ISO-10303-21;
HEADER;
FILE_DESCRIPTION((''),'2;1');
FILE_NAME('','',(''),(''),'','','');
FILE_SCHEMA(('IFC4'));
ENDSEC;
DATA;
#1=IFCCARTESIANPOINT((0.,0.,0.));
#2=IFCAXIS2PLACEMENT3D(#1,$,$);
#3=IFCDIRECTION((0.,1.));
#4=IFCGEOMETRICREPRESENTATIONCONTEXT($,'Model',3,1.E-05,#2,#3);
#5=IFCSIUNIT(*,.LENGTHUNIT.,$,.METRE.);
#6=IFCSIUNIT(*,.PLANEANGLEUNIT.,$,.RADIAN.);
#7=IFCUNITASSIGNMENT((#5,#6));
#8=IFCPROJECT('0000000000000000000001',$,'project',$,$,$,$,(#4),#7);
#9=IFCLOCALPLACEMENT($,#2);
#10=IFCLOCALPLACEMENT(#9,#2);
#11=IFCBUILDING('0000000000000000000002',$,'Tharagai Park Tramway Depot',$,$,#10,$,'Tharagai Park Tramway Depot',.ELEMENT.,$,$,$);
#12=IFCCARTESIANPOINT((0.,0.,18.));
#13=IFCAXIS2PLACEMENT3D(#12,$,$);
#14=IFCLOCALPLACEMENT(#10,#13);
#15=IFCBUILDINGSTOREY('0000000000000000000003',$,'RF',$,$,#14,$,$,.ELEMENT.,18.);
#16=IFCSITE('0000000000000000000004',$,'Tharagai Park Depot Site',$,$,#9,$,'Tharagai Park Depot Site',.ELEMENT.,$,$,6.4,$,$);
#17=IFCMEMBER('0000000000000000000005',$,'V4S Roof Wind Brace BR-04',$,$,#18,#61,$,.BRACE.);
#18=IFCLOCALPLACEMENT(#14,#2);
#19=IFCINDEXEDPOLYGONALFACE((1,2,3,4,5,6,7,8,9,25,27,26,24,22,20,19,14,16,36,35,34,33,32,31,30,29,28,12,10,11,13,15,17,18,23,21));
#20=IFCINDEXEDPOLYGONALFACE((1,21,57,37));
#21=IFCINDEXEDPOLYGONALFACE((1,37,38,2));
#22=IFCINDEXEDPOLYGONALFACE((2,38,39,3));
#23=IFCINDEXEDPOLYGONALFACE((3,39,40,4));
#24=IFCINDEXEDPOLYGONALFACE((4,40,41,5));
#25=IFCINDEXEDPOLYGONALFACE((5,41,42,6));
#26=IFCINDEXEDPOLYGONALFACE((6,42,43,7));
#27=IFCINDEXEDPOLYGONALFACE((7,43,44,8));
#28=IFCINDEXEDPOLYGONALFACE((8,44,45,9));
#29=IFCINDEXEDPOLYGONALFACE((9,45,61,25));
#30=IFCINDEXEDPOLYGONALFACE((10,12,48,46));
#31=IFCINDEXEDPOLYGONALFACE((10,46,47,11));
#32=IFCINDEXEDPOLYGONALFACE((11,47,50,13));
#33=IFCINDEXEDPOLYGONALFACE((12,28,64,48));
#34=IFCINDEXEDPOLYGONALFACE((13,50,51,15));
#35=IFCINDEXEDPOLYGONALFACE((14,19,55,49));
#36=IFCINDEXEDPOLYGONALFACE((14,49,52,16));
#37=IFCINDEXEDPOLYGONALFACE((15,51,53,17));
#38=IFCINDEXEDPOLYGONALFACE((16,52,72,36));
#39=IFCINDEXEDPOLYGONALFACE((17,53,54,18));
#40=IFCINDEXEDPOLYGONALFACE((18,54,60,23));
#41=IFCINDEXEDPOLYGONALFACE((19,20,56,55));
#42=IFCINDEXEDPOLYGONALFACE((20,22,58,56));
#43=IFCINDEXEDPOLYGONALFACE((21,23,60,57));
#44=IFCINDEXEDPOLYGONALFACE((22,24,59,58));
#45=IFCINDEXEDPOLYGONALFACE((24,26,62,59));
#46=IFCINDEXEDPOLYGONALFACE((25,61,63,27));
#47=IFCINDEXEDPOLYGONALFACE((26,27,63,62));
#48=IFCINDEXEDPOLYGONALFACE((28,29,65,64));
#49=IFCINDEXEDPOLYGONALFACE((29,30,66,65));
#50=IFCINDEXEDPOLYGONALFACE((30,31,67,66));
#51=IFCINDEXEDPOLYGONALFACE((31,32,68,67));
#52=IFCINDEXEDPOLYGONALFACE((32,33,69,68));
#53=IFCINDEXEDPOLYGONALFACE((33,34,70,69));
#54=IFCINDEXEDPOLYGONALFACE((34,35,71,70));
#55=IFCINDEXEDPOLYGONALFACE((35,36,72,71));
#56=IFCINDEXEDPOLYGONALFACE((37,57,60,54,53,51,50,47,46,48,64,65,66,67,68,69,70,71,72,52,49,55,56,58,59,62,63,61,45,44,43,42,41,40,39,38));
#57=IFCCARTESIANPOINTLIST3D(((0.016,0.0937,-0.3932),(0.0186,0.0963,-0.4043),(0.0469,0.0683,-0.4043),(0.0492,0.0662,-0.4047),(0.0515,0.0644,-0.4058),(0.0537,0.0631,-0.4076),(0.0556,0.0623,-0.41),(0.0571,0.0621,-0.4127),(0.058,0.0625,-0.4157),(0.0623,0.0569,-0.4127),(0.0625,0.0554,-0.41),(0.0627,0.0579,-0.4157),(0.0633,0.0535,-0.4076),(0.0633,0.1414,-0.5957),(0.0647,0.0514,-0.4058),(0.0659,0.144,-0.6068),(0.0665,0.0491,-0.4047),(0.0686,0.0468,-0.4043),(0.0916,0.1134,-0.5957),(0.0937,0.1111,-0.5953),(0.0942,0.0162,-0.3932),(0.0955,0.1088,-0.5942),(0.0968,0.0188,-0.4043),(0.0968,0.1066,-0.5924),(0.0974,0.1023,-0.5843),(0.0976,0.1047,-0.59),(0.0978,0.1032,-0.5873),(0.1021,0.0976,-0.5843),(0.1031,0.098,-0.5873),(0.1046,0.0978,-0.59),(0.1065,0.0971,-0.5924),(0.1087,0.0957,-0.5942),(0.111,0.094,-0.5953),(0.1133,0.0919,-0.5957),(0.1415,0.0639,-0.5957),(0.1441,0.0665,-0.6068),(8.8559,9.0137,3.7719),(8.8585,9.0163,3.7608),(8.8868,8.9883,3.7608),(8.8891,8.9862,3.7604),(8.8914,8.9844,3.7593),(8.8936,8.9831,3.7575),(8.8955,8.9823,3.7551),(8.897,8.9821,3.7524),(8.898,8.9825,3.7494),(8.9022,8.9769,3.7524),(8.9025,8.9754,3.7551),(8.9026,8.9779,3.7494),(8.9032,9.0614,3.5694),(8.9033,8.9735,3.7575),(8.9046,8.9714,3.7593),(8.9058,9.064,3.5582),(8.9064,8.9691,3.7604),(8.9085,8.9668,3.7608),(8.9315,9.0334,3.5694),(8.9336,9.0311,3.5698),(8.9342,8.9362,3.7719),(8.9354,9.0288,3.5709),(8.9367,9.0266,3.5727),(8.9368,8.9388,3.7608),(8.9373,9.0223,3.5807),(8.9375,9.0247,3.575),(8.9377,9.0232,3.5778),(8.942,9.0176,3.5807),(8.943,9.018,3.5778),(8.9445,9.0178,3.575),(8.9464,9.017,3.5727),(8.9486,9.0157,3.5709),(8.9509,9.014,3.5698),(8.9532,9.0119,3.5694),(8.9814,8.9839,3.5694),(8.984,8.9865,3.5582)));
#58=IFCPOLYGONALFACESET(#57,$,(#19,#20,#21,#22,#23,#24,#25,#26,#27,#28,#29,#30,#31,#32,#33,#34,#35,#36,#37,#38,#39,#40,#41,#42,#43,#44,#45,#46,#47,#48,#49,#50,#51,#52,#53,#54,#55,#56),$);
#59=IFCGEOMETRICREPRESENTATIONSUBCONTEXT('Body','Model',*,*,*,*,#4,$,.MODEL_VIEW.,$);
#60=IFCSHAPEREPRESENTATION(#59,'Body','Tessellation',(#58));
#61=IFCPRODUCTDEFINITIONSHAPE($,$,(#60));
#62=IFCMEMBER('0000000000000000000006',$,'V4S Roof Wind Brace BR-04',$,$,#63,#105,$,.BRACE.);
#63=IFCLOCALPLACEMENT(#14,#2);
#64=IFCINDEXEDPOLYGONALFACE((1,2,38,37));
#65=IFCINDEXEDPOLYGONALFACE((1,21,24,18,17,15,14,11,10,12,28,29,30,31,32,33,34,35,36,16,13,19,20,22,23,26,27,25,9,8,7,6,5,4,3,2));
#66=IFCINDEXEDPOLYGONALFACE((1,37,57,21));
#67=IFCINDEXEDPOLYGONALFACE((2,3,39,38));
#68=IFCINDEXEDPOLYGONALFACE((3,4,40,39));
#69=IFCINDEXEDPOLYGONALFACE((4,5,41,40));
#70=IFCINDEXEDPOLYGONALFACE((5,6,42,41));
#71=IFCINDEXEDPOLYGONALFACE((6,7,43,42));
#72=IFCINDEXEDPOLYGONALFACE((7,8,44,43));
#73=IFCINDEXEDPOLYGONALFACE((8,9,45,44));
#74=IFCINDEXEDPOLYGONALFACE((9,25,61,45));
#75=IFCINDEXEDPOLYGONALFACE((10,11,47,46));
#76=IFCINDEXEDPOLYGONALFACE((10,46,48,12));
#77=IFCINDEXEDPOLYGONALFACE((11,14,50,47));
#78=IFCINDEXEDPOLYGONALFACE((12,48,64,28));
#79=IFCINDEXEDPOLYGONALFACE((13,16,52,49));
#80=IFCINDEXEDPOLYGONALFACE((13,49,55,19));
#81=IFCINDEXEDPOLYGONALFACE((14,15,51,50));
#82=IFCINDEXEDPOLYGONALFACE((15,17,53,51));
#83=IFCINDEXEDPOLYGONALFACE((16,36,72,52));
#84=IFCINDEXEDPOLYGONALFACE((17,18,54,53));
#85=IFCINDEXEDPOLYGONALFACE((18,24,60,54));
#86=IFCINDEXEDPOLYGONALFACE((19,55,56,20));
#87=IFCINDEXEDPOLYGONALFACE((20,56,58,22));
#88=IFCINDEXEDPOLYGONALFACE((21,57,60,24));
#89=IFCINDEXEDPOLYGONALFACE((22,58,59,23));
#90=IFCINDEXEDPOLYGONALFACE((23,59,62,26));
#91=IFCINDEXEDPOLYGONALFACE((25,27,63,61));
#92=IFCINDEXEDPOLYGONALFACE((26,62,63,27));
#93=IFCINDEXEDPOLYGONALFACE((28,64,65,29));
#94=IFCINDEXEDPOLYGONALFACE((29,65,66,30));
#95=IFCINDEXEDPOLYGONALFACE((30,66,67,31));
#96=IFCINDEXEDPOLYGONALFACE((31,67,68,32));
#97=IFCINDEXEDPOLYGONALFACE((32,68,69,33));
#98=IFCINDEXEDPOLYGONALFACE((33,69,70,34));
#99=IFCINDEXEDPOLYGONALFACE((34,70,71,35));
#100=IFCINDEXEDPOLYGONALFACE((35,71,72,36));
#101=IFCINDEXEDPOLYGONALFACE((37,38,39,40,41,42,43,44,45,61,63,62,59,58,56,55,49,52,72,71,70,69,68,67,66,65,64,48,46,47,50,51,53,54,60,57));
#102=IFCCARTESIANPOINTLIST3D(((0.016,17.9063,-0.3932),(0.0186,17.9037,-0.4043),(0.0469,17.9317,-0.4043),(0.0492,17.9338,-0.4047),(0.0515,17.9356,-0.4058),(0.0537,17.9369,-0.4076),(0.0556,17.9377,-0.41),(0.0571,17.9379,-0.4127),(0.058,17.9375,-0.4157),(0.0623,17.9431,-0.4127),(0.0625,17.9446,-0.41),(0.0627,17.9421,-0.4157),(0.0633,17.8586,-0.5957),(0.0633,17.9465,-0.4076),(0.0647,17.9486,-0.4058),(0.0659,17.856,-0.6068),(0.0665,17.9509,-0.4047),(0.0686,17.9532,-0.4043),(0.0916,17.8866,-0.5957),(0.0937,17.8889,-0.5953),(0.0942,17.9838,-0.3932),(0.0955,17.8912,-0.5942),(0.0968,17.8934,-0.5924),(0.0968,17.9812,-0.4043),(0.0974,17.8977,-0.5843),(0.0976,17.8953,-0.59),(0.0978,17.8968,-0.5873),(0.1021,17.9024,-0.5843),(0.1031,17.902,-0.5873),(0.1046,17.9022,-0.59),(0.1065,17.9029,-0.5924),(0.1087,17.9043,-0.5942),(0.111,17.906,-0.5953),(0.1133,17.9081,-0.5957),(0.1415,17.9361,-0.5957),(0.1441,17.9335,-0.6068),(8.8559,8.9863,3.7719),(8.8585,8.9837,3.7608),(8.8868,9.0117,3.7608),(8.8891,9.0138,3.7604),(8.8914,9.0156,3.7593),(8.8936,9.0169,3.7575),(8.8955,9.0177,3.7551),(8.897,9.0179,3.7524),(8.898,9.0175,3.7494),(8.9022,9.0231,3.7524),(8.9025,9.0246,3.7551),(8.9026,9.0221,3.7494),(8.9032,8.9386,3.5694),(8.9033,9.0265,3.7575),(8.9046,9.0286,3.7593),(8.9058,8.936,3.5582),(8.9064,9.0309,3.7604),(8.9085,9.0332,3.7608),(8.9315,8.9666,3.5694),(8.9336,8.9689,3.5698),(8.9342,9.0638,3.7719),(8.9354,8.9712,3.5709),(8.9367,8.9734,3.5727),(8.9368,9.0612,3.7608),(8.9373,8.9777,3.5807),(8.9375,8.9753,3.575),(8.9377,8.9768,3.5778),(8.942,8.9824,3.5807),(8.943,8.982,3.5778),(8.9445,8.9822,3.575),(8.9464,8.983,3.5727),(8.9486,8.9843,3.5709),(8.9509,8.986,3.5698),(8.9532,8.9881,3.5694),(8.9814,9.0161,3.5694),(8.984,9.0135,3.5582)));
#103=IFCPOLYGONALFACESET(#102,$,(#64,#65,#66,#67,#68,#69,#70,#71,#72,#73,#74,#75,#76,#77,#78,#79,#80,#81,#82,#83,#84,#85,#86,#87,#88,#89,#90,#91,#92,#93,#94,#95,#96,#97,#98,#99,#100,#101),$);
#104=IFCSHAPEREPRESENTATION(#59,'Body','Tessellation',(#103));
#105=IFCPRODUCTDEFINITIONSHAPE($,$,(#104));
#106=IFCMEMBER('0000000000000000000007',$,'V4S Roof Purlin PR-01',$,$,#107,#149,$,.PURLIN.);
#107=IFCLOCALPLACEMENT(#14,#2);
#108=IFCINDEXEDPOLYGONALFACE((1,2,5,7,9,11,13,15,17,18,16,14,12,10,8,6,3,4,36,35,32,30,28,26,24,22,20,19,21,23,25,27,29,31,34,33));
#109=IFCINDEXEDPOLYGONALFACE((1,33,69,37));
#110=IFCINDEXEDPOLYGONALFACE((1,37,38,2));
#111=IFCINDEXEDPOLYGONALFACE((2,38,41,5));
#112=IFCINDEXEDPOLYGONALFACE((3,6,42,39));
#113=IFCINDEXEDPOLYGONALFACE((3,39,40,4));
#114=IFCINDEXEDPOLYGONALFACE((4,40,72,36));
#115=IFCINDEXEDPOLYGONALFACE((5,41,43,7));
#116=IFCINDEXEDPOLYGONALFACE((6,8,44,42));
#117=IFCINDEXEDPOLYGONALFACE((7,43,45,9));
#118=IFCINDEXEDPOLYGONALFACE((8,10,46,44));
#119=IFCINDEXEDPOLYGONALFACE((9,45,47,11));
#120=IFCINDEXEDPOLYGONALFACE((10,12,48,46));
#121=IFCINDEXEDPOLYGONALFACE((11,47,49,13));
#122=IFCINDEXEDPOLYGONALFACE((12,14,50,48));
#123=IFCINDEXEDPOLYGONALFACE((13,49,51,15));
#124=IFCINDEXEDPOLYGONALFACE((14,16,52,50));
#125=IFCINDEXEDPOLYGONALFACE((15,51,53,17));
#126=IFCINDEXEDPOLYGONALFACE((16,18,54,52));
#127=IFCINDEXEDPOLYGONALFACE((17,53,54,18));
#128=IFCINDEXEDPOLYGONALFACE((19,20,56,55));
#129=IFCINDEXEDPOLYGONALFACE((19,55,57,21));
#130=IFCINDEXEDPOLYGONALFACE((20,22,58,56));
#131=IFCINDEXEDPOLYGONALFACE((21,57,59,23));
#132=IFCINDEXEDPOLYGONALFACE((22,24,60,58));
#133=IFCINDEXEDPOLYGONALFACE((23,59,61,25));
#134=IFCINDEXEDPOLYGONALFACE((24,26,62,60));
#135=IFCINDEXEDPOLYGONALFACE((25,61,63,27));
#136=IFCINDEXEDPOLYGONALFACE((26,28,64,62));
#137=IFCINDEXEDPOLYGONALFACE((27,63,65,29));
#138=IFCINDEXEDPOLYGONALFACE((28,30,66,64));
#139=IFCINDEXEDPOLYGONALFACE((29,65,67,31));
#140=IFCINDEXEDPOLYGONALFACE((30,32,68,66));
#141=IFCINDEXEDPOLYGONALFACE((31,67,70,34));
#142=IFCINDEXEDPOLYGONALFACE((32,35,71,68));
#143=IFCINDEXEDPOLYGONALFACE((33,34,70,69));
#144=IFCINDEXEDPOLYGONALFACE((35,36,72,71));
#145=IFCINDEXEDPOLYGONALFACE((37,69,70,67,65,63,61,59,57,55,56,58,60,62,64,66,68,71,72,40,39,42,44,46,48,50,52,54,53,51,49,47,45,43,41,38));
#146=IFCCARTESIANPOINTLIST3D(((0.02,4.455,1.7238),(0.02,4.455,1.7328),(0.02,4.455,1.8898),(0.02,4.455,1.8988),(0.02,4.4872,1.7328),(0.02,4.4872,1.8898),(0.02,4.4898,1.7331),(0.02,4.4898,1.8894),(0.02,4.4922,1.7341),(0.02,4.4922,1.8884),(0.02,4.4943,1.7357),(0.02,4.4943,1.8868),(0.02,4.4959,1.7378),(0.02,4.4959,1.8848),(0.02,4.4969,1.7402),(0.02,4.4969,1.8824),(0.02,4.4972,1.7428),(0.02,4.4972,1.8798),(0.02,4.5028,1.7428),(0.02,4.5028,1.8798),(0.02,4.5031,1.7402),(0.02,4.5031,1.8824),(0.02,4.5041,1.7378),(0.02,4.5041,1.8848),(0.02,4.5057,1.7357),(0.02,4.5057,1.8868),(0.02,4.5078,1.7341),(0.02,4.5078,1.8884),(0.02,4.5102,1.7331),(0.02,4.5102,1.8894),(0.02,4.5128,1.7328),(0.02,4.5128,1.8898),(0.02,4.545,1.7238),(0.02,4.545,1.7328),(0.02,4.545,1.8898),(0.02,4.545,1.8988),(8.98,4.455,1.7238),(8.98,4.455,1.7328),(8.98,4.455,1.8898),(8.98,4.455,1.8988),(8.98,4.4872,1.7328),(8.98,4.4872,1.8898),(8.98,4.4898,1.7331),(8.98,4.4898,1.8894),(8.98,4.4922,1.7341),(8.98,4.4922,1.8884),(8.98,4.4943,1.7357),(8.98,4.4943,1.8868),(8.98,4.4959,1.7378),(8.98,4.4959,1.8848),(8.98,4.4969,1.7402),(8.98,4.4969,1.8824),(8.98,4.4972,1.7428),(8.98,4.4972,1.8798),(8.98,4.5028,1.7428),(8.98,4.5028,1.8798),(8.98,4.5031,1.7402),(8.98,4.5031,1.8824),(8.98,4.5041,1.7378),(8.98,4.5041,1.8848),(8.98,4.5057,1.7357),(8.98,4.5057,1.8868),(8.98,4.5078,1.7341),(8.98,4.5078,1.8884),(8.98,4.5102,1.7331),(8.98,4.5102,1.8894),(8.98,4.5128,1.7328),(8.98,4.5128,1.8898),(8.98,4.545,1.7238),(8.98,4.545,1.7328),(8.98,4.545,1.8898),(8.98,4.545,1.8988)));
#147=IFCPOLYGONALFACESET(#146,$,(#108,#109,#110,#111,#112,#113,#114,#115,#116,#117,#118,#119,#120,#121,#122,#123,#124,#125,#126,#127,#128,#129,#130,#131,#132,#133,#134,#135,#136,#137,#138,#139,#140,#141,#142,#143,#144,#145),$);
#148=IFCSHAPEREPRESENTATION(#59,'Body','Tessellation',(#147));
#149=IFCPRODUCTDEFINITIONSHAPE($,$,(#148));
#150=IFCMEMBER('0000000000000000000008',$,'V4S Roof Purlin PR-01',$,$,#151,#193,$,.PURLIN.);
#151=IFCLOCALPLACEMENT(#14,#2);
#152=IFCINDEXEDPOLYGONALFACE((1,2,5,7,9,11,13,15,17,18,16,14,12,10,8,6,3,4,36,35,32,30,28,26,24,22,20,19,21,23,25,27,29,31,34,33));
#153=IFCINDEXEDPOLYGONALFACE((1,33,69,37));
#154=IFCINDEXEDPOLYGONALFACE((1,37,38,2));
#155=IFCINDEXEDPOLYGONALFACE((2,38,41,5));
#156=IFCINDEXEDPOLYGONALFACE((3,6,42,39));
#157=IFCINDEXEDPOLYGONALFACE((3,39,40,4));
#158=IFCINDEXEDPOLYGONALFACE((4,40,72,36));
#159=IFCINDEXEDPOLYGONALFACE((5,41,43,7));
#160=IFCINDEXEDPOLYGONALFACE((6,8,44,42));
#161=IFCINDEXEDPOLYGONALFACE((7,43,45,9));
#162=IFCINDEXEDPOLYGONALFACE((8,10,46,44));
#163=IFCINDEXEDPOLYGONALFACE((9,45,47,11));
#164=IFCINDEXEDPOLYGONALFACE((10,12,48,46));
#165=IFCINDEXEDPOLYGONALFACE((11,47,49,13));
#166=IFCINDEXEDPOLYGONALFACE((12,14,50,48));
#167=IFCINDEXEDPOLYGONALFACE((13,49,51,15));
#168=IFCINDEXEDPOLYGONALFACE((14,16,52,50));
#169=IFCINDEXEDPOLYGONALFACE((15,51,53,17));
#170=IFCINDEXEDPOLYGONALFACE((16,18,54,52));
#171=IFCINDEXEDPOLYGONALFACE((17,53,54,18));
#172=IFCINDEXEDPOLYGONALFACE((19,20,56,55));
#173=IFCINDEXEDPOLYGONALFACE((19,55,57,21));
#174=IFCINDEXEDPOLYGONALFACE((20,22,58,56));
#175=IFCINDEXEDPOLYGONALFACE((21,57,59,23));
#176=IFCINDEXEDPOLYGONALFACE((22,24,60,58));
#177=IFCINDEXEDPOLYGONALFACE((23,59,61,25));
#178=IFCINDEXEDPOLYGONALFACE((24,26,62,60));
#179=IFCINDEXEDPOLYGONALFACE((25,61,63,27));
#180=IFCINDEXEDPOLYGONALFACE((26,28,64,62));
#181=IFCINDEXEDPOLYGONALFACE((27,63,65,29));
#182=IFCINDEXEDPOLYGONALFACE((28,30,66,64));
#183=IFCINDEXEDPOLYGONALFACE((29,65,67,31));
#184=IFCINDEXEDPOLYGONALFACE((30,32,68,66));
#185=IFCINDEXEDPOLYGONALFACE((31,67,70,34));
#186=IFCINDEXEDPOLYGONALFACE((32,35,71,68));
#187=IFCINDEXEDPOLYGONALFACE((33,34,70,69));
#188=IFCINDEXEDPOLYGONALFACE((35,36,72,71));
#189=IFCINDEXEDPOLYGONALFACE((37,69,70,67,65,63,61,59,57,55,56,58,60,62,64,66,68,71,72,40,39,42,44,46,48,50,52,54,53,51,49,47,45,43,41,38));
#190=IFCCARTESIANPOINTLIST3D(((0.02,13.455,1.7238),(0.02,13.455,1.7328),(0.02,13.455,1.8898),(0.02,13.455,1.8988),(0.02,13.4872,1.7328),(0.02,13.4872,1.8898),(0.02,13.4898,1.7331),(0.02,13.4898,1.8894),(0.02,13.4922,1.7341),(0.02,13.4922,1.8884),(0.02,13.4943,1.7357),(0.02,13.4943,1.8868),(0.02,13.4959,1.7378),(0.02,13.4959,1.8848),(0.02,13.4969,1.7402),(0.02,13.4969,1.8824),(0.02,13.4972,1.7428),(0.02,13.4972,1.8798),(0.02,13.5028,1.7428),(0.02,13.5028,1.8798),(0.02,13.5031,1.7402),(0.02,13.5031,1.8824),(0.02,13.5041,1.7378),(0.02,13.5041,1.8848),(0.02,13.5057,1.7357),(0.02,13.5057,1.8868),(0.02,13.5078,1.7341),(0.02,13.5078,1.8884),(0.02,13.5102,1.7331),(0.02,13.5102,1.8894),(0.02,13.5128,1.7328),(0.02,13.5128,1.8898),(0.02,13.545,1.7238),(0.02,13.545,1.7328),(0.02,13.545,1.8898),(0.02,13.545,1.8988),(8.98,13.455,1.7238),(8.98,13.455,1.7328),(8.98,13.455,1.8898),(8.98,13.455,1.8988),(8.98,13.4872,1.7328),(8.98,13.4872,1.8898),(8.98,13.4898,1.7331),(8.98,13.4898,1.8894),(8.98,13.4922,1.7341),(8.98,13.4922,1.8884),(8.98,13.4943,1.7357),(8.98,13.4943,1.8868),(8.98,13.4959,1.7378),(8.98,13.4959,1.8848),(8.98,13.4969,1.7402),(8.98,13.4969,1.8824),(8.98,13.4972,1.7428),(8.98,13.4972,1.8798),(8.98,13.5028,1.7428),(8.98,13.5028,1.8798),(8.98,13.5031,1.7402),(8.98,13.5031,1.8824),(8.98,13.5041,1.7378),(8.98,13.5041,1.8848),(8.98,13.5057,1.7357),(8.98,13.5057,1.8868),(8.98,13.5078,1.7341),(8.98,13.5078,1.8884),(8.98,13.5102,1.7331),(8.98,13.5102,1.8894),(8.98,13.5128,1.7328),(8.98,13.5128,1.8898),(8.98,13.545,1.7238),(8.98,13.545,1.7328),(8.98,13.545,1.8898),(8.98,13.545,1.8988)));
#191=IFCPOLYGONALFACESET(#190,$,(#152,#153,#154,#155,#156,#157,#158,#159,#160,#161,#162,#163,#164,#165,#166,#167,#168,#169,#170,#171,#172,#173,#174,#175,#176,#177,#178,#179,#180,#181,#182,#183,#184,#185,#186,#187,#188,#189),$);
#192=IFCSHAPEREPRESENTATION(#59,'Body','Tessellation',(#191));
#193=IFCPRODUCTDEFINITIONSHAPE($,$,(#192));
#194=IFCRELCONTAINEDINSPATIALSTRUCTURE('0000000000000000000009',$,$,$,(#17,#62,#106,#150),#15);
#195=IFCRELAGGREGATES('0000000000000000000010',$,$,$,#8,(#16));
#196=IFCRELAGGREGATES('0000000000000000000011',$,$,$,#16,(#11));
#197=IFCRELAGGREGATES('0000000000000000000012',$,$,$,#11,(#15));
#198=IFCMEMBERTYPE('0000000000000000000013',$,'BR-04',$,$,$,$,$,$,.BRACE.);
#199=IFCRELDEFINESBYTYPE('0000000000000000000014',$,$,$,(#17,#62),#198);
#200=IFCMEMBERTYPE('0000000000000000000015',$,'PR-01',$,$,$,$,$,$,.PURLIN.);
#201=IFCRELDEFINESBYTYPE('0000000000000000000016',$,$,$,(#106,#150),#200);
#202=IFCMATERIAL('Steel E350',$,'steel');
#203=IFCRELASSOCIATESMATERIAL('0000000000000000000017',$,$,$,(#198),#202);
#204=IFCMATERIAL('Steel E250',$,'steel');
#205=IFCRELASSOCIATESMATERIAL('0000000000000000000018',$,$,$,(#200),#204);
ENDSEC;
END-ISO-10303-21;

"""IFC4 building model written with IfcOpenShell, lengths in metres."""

from ifc_helpers import new_model, si_unit, direction, frame, origin, origin_2d, place, context, subcontext, project, spatial, i_section, extrude, material, material_profile, profile_set, type_object, element, save


model = new_model("IFC4")

# Units and contexts
model_context = context("Model", 3, precision=1e-05, world=origin(), true_north=direction((0.0, 1.0)))
body_context = subcontext(model_context, "Body", "Model", "MODEL_VIEW")
ifc_project = project(units=[si_unit("LENGTHUNIT", "METRE"), si_unit("PLANEANGLEUNIT", "RADIAN")], contexts=[model_context])

# Site, building, storey
site_placement = place(None, origin())
site = spatial("IfcSite", under=ifc_project, at=site_placement, Name="Tharagai Park Depot Site", LongName="Tharagai Park Depot Site", CompositionType="ELEMENT", RefElevation=6.4)
building_placement = place(site_placement, origin())
building = spatial("IfcBuilding", under=site, at=building_placement, Name="Tharagai Park Tramway Depot", LongName="Tharagai Park Tramway Depot", CompositionType="ELEMENT")
storey_placement = place(building_placement, frame((0.0, 0.0, 18.0)))
storey = spatial("IfcBuildingStorey", under=building, at=storey_placement, Name="RF", CompositionType="ELEMENT", Elevation=18.0)

# Shared definitions
ifc_material_1 = material(Name="Steel E350", Category="steel")

# Members
ifc_material_profile_1 = material_profile(ifc_material_1, i_section(OverallWidth=0.1101, OverallDepth=0.2251, WebThickness=0.0066, FlangeThickness=0.0117, FilletRadius=0.012, at=origin_2d()), Name="ISMB 225")
ifc_profile_set_1 = profile_set([ifc_material_profile_1], Name="Steel E350")
member_type_1 = type_object("IfcMemberType", Name="BR-04", PredefinedType="BRACE", material=ifc_profile_set_1)
for number, where, z_axis, x_axis, name in (
    (1, (0.0801, 0.0801, -0.5), (0.668124, 0.674176, 0.314798), (-0.710288, 0.703911, 0.0), "V4S Roof Wind Brace BR-04"),
    (2, (0.0801, 17.9199, -0.5), (0.668124, -0.674176, 0.314798), (0.710288, 0.703911, 0.0), "V4S Roof Wind Brace BR-04"),
):
    element("IfcMember", number, at=place(storey_placement, frame(where, z_axis=z_axis, x_axis=x_axis)), inside=storey, type_object=member_type_1, Name=name, PredefinedType="BRACE", context=body_context, shape_type="SweptSolid", body=[
        extrude(i_section(OverallWidth=0.1101, OverallDepth=0.2251, WebThickness=0.0066, FlangeThickness=0.0117, FilletRadius=0.012, at=origin_2d()), origin(), (0.0, 0.0, 1.0), 13.231),
    ])
ifc_material_2 = material(Name="Steel E250", Category="steel")
ifc_material_profile_2 = material_profile(ifc_material_2, i_section(OverallWidth=0.0901, OverallDepth=0.175, WebThickness=0.0056, FlangeThickness=0.009, FilletRadius=0.01, at=origin_2d()), Name="ISMB 175")
ifc_profile_set_2 = profile_set([ifc_material_profile_2], Name="Steel E250")
member_type_2 = type_object("IfcMemberType", Name="PR-01", PredefinedType="PURLIN", material=ifc_profile_set_2)
for number, where, z_axis, x_axis, name in (
    (3, (0.02, 4.5, 1.8113), (1.0, 0.0, 0.0), (0.0, 1.0, 0.0), "V4S Roof Purlin PR-01"),
    (4, (0.02, 13.5, 1.8113), (1.0, 0.0, 0.0), (0.0, 1.0, 0.0), "V4S Roof Purlin PR-01"),
):
    element("IfcMember", number, at=place(storey_placement, frame(where, z_axis=z_axis, x_axis=x_axis)), inside=storey, type_object=member_type_2, Name=name, PredefinedType="PURLIN", context=body_context, shape_type="SweptSolid", body=[
        extrude(i_section(OverallWidth=0.0901, OverallDepth=0.175, WebThickness=0.0056, FlangeThickness=0.009, FilletRadius=0.01, at=origin_2d()), origin(), (0.0, 0.0, 1.0), 8.96),
    ])

save(model, "model.ifc")
